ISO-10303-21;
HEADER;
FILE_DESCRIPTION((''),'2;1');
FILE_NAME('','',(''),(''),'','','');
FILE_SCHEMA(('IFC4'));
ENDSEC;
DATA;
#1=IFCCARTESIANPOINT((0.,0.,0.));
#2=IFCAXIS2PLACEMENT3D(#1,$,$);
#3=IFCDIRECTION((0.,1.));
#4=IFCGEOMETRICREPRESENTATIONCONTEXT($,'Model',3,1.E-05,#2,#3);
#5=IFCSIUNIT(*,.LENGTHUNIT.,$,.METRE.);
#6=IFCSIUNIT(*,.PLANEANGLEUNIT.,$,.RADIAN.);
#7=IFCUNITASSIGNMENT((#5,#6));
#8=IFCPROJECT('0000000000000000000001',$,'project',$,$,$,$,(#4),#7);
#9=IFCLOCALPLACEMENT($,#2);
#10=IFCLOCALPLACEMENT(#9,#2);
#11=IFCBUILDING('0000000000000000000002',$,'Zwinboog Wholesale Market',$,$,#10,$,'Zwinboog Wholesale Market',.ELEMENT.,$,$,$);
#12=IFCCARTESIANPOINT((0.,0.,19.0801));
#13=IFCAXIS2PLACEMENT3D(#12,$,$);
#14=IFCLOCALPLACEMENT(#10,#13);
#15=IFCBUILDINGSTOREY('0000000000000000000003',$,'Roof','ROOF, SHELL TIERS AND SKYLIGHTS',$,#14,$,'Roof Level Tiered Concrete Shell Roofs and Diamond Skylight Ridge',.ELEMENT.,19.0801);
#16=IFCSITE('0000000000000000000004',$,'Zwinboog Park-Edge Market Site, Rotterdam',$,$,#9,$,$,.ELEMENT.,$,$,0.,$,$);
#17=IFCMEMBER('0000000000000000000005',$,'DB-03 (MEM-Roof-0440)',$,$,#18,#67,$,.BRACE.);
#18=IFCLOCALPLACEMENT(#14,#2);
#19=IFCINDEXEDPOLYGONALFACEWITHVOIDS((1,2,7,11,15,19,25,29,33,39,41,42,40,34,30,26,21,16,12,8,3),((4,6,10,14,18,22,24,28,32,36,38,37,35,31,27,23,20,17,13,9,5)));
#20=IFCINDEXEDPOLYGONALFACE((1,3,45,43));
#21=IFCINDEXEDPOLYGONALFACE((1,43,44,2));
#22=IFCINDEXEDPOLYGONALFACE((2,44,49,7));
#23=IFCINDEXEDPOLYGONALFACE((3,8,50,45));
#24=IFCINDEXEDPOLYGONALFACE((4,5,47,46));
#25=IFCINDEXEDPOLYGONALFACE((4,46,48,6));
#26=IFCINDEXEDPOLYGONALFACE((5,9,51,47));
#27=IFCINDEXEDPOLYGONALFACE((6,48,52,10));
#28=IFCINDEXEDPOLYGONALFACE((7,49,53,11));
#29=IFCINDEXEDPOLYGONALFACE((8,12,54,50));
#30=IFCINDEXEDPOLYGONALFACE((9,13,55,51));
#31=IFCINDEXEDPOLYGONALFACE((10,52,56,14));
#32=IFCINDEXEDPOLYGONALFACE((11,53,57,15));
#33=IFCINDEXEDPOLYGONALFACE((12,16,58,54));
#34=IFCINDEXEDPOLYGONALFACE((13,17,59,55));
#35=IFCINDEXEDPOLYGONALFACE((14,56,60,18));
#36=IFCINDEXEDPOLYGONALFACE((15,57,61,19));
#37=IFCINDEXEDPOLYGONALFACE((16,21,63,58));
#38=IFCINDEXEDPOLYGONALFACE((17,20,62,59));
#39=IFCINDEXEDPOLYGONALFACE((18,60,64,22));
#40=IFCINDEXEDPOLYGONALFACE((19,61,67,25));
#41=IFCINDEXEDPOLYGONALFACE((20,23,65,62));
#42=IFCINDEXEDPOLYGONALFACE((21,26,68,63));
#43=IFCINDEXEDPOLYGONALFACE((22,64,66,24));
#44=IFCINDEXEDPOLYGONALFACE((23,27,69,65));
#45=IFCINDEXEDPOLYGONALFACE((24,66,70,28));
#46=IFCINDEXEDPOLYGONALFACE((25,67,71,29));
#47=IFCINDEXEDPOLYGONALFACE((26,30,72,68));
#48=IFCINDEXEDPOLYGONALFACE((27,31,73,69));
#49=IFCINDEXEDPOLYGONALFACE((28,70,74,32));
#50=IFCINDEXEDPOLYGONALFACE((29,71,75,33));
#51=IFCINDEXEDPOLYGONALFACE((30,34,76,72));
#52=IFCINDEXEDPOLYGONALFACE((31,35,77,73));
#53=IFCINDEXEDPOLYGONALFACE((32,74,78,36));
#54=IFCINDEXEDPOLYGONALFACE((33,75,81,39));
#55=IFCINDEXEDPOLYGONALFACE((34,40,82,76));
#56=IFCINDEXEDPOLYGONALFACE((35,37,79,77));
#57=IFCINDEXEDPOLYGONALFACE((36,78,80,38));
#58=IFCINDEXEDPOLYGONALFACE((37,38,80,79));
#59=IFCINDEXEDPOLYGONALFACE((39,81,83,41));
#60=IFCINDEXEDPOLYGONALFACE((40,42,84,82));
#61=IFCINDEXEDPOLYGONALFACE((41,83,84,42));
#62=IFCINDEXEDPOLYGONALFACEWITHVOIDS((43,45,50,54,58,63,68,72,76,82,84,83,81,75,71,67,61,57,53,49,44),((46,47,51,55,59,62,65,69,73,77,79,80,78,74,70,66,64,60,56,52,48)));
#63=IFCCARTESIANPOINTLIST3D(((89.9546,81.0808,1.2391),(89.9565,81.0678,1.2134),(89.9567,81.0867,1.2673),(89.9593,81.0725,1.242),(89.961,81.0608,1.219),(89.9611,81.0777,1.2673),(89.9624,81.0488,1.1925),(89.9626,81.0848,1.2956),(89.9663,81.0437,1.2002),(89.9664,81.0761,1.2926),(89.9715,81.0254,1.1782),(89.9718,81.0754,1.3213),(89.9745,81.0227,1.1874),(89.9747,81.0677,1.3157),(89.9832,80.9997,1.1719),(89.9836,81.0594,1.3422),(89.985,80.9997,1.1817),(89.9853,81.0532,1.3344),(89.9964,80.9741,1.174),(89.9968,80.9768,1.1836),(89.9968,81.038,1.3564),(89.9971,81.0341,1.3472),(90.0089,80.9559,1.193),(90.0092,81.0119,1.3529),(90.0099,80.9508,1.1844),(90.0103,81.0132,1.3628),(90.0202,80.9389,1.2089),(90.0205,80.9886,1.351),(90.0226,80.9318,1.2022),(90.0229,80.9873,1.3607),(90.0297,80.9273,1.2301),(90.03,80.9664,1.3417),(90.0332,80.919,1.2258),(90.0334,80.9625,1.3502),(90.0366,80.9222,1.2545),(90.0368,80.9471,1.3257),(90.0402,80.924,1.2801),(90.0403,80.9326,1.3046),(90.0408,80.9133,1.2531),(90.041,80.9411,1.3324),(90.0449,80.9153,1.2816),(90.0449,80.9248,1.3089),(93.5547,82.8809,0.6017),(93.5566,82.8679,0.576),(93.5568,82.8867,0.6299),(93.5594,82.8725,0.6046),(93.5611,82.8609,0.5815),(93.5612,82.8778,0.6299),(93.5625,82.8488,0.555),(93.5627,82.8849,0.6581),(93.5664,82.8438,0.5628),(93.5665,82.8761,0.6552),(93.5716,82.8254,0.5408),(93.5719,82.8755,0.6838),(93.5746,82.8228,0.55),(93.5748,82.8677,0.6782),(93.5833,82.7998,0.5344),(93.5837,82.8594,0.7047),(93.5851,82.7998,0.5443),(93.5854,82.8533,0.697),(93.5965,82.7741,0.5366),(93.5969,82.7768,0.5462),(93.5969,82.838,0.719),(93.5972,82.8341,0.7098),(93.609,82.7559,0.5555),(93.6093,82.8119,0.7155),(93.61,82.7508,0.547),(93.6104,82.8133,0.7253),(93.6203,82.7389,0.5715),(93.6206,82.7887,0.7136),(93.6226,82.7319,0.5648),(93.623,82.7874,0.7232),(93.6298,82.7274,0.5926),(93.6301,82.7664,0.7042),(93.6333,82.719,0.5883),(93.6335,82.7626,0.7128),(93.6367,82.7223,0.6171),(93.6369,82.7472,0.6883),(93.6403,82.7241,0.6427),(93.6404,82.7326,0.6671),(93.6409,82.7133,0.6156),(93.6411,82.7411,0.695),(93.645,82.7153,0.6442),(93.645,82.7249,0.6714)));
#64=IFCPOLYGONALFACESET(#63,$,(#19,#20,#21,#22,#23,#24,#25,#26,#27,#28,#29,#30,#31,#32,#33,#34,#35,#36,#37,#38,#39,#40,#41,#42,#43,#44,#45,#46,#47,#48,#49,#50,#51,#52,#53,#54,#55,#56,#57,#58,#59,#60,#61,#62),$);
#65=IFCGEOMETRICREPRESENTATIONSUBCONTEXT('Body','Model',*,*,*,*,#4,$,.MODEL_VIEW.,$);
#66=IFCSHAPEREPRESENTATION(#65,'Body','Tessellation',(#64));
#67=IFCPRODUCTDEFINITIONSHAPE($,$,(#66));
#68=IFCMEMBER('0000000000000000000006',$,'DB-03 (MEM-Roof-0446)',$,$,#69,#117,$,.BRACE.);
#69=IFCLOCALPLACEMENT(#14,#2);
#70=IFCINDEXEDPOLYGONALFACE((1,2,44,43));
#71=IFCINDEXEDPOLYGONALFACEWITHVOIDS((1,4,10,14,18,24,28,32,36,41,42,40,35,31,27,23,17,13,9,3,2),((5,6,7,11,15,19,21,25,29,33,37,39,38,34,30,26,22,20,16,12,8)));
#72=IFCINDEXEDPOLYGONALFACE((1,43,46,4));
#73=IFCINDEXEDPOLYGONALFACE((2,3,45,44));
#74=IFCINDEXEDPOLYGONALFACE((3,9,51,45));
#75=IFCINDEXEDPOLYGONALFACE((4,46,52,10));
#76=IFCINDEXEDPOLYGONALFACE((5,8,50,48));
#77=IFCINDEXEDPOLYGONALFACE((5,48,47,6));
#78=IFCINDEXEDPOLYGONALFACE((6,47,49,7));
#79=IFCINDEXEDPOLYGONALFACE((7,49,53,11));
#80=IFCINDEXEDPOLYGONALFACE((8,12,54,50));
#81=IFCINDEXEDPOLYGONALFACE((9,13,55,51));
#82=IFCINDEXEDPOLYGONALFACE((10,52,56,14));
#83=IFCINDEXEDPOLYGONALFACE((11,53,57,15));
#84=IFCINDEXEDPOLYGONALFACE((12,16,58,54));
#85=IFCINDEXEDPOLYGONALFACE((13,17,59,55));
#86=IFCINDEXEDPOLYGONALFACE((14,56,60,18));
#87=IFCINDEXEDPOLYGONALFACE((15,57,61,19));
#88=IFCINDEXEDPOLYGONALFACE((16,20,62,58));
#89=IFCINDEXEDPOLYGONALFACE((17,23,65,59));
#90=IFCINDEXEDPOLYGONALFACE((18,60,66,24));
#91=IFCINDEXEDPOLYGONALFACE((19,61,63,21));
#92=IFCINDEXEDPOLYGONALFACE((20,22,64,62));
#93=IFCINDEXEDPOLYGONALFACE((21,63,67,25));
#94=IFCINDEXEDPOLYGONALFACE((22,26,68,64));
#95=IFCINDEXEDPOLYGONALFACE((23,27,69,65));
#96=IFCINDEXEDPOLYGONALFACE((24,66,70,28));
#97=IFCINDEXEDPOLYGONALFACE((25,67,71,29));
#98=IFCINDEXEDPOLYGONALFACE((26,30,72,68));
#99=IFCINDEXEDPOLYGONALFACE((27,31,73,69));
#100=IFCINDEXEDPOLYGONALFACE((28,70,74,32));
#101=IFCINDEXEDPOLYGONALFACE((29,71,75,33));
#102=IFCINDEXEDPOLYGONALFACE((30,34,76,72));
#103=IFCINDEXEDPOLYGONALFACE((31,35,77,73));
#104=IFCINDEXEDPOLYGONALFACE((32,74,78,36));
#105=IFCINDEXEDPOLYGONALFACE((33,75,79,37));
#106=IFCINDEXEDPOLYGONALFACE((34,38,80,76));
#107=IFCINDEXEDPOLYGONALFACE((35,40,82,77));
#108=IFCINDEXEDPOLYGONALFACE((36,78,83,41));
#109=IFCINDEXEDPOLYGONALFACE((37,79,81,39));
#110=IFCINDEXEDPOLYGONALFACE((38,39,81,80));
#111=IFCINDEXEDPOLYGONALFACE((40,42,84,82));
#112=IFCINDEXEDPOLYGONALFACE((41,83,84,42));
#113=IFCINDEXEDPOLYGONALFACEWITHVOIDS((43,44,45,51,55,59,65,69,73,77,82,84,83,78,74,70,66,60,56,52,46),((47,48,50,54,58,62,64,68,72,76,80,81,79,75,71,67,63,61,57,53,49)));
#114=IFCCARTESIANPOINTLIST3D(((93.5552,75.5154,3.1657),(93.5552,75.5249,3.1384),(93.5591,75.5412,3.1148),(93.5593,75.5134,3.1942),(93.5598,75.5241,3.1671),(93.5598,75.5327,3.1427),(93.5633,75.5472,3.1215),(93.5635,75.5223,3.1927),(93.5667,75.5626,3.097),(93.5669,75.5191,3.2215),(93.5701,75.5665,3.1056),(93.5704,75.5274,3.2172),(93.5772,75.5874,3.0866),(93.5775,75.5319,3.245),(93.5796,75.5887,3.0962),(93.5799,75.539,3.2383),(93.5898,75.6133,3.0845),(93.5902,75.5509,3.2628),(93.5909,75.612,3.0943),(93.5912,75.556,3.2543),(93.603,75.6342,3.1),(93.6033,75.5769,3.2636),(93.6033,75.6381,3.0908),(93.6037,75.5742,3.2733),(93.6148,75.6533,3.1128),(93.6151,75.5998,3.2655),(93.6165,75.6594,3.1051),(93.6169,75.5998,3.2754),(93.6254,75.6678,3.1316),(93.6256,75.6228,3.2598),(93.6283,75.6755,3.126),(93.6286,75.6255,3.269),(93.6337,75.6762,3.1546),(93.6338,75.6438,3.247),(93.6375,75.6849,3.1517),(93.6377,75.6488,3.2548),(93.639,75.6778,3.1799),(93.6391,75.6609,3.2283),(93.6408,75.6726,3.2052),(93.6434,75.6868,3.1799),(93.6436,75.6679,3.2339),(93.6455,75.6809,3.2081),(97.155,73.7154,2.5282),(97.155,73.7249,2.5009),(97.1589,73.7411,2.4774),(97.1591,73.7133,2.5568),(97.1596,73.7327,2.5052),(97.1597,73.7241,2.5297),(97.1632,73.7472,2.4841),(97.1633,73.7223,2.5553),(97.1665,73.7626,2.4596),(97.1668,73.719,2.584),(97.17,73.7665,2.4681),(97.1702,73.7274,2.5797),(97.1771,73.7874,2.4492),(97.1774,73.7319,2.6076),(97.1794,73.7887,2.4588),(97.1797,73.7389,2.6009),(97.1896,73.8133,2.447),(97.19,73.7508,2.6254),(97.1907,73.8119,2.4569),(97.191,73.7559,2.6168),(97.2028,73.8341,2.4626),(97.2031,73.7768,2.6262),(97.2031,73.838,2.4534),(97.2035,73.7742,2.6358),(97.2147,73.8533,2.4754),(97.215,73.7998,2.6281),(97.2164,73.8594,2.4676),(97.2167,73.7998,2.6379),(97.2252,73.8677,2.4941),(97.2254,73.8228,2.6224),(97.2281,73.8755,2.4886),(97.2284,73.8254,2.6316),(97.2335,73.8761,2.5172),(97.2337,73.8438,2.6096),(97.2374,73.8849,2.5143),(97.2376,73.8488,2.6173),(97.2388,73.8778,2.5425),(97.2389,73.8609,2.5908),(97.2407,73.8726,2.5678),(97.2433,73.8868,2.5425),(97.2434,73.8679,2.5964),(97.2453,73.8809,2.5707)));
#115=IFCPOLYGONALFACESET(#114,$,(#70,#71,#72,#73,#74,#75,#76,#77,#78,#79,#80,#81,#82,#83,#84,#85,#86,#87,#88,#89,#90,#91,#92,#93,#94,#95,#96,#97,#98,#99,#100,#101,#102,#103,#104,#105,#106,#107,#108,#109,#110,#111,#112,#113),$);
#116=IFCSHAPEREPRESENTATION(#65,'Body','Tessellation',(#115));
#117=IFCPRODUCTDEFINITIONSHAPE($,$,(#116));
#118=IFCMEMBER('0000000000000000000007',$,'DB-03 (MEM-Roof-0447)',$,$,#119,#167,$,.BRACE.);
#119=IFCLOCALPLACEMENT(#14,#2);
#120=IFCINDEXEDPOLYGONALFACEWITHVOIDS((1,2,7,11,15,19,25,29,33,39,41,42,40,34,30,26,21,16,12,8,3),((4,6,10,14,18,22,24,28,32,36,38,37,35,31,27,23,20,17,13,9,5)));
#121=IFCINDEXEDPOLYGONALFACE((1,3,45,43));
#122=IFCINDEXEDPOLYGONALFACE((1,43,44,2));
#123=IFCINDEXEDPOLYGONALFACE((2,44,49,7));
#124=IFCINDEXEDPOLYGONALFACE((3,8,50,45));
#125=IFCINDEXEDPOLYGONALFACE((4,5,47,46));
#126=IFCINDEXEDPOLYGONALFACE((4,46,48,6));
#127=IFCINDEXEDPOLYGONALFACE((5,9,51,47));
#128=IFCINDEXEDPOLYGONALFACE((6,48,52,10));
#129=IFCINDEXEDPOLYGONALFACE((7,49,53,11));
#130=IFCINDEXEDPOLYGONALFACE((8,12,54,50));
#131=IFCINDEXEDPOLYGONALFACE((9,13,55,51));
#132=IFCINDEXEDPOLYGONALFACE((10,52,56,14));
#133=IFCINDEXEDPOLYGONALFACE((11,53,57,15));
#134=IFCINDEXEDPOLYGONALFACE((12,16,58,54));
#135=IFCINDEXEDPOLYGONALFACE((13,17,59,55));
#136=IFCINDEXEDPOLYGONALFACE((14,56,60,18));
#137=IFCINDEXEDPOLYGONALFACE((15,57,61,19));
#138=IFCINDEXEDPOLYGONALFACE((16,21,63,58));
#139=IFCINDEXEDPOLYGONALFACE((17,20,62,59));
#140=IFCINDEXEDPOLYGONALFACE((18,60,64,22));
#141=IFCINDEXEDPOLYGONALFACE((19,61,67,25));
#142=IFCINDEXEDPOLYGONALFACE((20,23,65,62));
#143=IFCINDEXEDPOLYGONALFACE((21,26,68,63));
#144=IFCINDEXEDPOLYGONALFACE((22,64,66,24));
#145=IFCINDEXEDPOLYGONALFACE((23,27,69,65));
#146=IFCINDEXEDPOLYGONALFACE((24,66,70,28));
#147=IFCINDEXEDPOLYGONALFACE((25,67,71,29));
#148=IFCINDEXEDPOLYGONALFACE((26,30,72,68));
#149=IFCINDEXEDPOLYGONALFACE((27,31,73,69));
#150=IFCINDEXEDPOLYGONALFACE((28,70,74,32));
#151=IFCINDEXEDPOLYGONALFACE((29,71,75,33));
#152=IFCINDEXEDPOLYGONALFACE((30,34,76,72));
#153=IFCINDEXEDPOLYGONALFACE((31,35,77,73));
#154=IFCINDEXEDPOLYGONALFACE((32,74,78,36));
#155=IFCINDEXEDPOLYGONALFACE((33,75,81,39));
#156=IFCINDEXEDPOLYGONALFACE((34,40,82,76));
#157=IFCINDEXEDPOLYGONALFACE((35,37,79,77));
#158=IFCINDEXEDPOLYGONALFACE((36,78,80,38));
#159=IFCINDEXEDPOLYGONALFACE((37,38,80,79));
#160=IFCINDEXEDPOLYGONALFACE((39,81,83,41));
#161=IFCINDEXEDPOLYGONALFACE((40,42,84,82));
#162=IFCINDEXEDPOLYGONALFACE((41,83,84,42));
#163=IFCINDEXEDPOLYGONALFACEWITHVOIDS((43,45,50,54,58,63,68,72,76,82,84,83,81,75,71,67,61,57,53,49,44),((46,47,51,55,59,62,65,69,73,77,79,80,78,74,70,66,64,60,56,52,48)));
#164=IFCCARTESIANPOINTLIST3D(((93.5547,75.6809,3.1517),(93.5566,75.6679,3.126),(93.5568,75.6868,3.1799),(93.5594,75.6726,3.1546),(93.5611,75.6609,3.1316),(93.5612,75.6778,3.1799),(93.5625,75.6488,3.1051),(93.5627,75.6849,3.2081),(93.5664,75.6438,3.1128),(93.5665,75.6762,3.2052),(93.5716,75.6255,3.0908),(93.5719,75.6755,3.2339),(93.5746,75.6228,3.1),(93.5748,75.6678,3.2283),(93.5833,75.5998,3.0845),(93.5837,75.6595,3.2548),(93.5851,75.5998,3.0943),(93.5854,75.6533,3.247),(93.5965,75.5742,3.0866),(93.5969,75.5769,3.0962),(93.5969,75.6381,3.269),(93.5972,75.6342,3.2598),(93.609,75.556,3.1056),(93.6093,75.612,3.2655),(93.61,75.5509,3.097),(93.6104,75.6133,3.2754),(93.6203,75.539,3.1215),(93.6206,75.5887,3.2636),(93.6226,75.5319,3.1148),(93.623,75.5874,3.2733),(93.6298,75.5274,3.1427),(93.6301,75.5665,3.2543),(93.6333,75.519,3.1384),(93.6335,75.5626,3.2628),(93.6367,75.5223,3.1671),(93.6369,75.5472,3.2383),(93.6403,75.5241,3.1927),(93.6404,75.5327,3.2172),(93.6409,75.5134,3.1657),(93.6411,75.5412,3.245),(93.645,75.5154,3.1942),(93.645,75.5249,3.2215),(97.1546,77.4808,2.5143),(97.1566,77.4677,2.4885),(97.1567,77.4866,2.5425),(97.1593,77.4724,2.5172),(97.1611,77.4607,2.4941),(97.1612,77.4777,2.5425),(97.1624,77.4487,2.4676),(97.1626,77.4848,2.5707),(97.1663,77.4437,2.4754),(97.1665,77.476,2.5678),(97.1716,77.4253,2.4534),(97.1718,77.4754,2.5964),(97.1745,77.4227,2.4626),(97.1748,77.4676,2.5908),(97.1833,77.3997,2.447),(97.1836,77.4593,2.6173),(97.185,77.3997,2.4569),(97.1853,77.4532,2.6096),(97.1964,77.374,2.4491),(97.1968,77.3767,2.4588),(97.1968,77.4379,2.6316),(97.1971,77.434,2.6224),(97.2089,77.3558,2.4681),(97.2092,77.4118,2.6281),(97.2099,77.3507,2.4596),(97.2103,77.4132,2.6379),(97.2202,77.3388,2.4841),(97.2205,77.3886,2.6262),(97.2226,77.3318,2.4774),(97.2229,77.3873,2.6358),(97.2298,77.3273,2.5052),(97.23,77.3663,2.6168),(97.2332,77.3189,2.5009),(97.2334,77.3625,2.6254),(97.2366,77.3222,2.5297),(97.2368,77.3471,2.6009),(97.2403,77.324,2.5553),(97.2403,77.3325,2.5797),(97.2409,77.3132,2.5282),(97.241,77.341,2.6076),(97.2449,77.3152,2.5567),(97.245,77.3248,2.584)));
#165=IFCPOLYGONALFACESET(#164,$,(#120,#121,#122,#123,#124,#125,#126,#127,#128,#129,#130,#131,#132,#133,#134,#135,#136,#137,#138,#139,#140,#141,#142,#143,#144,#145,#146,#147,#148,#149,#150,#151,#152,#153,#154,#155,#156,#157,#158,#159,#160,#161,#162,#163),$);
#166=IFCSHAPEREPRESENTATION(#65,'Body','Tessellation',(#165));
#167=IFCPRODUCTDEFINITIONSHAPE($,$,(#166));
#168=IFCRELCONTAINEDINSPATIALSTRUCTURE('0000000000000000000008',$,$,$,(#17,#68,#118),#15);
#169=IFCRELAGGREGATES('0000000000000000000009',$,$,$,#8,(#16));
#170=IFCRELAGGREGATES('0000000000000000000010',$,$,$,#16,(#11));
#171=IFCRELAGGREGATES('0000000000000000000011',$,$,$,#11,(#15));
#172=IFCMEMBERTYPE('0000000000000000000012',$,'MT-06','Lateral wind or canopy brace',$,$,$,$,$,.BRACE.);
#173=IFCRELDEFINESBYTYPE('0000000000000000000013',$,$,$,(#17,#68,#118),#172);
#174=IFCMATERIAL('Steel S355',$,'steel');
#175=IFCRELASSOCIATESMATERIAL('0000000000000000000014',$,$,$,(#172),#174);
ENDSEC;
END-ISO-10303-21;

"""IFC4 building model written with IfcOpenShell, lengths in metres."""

from ifc_helpers import new_model, si_unit, direction, frame, origin, origin_2d, place, context, subcontext, project, spatial, hollow_circle, extrude, material, material_profile, profile_set, type_object, element, save


model = new_model("IFC4")

# Units and contexts
model_context = context("Model", 3, precision=1e-05, world=origin(), true_north=direction((0.0, 1.0)))
body_context = subcontext(model_context, "Body", "Model", "MODEL_VIEW")
ifc_project = project(units=[si_unit("LENGTHUNIT", "METRE"), si_unit("PLANEANGLEUNIT", "RADIAN")], contexts=[model_context])

# Site, building, storey
site_placement = place(None, origin())
site = spatial("IfcSite", under=ifc_project, at=site_placement, Name="Zwinboog Park-Edge Market Site, Rotterdam", CompositionType="ELEMENT", RefElevation=0.0)
building_placement = place(site_placement, origin())
building = spatial("IfcBuilding", under=site, at=building_placement, Name="Zwinboog Wholesale Market", LongName="Zwinboog Wholesale Market", CompositionType="ELEMENT")
storey_placement = place(building_placement, frame((0.0, 0.0, 19.0801)))
storey = spatial("IfcBuildingStorey", under=building, at=storey_placement, Name="Roof", Description="ROOF, SHELL TIERS AND SKYLIGHTS", LongName="Roof Level Tiered Concrete Shell Roofs and Diamond Skylight Ridge", CompositionType="ELEMENT", Elevation=19.0801)

# Members
ifc_material_1 = material(Name="Steel S355", Category="steel")
ifc_material_profile_1 = material_profile(ifc_material_1, hollow_circle(Radius=0.0969, WallThickness=0.01, at=origin_2d()), Name="CHS 193.7x10")
ifc_profile_set_1 = profile_set([ifc_material_profile_1], Name="Steel S355")
member_type_1 = type_object("IfcMemberType", Name="MT-06", Description="Lateral wind or canopy brace", PredefinedType="BRACE", material=ifc_profile_set_1)
for number, where, z_axis, x_axis, name in (
    (1, (90.0, 81.0, 1.2673), (0.883417, 0.441709, -0.156422), (-0.447214, 0.894427, 0.0), "DB-03 (MEM-Roof-0440)"),
):
    element("IfcMember", number, at=place(storey_placement, frame(where, z_axis=z_axis, x_axis=x_axis)), inside=storey, type_object=member_type_1, Name=name, PredefinedType="BRACE", context=body_context, shape_type="SweptSolid", body=[
        extrude(hollow_circle(Radius=0.0969, WallThickness=0.01, at=origin_2d()), origin(), (0.0, 0.0, 1.0), 4.0752),
    ])
for number, where, z_axis, x_axis, name in (
    (2, (93.6001, 75.6001, 3.1799), (0.883404, -0.441732, -0.15643), (0.447238, 0.894415, 0.0), "DB-03 (MEM-Roof-0446)"),
    (3, (93.6001, 75.6001, 3.1799), (0.883427, 0.441684, -0.156435), (-0.447189, 0.894439, 0.0), "DB-03 (MEM-Roof-0447)"),
):
    element("IfcMember", number, at=place(storey_placement, frame(where, z_axis=z_axis, x_axis=x_axis)), inside=storey, type_object=member_type_1, Name=name, PredefinedType="BRACE", context=body_context, shape_type="SweptSolid", body=[
        extrude(hollow_circle(Radius=0.0969, WallThickness=0.01, at=origin_2d()), origin(), (0.0, 0.0, 1.0), 4.075),
    ])

save(model, "model.ifc")
